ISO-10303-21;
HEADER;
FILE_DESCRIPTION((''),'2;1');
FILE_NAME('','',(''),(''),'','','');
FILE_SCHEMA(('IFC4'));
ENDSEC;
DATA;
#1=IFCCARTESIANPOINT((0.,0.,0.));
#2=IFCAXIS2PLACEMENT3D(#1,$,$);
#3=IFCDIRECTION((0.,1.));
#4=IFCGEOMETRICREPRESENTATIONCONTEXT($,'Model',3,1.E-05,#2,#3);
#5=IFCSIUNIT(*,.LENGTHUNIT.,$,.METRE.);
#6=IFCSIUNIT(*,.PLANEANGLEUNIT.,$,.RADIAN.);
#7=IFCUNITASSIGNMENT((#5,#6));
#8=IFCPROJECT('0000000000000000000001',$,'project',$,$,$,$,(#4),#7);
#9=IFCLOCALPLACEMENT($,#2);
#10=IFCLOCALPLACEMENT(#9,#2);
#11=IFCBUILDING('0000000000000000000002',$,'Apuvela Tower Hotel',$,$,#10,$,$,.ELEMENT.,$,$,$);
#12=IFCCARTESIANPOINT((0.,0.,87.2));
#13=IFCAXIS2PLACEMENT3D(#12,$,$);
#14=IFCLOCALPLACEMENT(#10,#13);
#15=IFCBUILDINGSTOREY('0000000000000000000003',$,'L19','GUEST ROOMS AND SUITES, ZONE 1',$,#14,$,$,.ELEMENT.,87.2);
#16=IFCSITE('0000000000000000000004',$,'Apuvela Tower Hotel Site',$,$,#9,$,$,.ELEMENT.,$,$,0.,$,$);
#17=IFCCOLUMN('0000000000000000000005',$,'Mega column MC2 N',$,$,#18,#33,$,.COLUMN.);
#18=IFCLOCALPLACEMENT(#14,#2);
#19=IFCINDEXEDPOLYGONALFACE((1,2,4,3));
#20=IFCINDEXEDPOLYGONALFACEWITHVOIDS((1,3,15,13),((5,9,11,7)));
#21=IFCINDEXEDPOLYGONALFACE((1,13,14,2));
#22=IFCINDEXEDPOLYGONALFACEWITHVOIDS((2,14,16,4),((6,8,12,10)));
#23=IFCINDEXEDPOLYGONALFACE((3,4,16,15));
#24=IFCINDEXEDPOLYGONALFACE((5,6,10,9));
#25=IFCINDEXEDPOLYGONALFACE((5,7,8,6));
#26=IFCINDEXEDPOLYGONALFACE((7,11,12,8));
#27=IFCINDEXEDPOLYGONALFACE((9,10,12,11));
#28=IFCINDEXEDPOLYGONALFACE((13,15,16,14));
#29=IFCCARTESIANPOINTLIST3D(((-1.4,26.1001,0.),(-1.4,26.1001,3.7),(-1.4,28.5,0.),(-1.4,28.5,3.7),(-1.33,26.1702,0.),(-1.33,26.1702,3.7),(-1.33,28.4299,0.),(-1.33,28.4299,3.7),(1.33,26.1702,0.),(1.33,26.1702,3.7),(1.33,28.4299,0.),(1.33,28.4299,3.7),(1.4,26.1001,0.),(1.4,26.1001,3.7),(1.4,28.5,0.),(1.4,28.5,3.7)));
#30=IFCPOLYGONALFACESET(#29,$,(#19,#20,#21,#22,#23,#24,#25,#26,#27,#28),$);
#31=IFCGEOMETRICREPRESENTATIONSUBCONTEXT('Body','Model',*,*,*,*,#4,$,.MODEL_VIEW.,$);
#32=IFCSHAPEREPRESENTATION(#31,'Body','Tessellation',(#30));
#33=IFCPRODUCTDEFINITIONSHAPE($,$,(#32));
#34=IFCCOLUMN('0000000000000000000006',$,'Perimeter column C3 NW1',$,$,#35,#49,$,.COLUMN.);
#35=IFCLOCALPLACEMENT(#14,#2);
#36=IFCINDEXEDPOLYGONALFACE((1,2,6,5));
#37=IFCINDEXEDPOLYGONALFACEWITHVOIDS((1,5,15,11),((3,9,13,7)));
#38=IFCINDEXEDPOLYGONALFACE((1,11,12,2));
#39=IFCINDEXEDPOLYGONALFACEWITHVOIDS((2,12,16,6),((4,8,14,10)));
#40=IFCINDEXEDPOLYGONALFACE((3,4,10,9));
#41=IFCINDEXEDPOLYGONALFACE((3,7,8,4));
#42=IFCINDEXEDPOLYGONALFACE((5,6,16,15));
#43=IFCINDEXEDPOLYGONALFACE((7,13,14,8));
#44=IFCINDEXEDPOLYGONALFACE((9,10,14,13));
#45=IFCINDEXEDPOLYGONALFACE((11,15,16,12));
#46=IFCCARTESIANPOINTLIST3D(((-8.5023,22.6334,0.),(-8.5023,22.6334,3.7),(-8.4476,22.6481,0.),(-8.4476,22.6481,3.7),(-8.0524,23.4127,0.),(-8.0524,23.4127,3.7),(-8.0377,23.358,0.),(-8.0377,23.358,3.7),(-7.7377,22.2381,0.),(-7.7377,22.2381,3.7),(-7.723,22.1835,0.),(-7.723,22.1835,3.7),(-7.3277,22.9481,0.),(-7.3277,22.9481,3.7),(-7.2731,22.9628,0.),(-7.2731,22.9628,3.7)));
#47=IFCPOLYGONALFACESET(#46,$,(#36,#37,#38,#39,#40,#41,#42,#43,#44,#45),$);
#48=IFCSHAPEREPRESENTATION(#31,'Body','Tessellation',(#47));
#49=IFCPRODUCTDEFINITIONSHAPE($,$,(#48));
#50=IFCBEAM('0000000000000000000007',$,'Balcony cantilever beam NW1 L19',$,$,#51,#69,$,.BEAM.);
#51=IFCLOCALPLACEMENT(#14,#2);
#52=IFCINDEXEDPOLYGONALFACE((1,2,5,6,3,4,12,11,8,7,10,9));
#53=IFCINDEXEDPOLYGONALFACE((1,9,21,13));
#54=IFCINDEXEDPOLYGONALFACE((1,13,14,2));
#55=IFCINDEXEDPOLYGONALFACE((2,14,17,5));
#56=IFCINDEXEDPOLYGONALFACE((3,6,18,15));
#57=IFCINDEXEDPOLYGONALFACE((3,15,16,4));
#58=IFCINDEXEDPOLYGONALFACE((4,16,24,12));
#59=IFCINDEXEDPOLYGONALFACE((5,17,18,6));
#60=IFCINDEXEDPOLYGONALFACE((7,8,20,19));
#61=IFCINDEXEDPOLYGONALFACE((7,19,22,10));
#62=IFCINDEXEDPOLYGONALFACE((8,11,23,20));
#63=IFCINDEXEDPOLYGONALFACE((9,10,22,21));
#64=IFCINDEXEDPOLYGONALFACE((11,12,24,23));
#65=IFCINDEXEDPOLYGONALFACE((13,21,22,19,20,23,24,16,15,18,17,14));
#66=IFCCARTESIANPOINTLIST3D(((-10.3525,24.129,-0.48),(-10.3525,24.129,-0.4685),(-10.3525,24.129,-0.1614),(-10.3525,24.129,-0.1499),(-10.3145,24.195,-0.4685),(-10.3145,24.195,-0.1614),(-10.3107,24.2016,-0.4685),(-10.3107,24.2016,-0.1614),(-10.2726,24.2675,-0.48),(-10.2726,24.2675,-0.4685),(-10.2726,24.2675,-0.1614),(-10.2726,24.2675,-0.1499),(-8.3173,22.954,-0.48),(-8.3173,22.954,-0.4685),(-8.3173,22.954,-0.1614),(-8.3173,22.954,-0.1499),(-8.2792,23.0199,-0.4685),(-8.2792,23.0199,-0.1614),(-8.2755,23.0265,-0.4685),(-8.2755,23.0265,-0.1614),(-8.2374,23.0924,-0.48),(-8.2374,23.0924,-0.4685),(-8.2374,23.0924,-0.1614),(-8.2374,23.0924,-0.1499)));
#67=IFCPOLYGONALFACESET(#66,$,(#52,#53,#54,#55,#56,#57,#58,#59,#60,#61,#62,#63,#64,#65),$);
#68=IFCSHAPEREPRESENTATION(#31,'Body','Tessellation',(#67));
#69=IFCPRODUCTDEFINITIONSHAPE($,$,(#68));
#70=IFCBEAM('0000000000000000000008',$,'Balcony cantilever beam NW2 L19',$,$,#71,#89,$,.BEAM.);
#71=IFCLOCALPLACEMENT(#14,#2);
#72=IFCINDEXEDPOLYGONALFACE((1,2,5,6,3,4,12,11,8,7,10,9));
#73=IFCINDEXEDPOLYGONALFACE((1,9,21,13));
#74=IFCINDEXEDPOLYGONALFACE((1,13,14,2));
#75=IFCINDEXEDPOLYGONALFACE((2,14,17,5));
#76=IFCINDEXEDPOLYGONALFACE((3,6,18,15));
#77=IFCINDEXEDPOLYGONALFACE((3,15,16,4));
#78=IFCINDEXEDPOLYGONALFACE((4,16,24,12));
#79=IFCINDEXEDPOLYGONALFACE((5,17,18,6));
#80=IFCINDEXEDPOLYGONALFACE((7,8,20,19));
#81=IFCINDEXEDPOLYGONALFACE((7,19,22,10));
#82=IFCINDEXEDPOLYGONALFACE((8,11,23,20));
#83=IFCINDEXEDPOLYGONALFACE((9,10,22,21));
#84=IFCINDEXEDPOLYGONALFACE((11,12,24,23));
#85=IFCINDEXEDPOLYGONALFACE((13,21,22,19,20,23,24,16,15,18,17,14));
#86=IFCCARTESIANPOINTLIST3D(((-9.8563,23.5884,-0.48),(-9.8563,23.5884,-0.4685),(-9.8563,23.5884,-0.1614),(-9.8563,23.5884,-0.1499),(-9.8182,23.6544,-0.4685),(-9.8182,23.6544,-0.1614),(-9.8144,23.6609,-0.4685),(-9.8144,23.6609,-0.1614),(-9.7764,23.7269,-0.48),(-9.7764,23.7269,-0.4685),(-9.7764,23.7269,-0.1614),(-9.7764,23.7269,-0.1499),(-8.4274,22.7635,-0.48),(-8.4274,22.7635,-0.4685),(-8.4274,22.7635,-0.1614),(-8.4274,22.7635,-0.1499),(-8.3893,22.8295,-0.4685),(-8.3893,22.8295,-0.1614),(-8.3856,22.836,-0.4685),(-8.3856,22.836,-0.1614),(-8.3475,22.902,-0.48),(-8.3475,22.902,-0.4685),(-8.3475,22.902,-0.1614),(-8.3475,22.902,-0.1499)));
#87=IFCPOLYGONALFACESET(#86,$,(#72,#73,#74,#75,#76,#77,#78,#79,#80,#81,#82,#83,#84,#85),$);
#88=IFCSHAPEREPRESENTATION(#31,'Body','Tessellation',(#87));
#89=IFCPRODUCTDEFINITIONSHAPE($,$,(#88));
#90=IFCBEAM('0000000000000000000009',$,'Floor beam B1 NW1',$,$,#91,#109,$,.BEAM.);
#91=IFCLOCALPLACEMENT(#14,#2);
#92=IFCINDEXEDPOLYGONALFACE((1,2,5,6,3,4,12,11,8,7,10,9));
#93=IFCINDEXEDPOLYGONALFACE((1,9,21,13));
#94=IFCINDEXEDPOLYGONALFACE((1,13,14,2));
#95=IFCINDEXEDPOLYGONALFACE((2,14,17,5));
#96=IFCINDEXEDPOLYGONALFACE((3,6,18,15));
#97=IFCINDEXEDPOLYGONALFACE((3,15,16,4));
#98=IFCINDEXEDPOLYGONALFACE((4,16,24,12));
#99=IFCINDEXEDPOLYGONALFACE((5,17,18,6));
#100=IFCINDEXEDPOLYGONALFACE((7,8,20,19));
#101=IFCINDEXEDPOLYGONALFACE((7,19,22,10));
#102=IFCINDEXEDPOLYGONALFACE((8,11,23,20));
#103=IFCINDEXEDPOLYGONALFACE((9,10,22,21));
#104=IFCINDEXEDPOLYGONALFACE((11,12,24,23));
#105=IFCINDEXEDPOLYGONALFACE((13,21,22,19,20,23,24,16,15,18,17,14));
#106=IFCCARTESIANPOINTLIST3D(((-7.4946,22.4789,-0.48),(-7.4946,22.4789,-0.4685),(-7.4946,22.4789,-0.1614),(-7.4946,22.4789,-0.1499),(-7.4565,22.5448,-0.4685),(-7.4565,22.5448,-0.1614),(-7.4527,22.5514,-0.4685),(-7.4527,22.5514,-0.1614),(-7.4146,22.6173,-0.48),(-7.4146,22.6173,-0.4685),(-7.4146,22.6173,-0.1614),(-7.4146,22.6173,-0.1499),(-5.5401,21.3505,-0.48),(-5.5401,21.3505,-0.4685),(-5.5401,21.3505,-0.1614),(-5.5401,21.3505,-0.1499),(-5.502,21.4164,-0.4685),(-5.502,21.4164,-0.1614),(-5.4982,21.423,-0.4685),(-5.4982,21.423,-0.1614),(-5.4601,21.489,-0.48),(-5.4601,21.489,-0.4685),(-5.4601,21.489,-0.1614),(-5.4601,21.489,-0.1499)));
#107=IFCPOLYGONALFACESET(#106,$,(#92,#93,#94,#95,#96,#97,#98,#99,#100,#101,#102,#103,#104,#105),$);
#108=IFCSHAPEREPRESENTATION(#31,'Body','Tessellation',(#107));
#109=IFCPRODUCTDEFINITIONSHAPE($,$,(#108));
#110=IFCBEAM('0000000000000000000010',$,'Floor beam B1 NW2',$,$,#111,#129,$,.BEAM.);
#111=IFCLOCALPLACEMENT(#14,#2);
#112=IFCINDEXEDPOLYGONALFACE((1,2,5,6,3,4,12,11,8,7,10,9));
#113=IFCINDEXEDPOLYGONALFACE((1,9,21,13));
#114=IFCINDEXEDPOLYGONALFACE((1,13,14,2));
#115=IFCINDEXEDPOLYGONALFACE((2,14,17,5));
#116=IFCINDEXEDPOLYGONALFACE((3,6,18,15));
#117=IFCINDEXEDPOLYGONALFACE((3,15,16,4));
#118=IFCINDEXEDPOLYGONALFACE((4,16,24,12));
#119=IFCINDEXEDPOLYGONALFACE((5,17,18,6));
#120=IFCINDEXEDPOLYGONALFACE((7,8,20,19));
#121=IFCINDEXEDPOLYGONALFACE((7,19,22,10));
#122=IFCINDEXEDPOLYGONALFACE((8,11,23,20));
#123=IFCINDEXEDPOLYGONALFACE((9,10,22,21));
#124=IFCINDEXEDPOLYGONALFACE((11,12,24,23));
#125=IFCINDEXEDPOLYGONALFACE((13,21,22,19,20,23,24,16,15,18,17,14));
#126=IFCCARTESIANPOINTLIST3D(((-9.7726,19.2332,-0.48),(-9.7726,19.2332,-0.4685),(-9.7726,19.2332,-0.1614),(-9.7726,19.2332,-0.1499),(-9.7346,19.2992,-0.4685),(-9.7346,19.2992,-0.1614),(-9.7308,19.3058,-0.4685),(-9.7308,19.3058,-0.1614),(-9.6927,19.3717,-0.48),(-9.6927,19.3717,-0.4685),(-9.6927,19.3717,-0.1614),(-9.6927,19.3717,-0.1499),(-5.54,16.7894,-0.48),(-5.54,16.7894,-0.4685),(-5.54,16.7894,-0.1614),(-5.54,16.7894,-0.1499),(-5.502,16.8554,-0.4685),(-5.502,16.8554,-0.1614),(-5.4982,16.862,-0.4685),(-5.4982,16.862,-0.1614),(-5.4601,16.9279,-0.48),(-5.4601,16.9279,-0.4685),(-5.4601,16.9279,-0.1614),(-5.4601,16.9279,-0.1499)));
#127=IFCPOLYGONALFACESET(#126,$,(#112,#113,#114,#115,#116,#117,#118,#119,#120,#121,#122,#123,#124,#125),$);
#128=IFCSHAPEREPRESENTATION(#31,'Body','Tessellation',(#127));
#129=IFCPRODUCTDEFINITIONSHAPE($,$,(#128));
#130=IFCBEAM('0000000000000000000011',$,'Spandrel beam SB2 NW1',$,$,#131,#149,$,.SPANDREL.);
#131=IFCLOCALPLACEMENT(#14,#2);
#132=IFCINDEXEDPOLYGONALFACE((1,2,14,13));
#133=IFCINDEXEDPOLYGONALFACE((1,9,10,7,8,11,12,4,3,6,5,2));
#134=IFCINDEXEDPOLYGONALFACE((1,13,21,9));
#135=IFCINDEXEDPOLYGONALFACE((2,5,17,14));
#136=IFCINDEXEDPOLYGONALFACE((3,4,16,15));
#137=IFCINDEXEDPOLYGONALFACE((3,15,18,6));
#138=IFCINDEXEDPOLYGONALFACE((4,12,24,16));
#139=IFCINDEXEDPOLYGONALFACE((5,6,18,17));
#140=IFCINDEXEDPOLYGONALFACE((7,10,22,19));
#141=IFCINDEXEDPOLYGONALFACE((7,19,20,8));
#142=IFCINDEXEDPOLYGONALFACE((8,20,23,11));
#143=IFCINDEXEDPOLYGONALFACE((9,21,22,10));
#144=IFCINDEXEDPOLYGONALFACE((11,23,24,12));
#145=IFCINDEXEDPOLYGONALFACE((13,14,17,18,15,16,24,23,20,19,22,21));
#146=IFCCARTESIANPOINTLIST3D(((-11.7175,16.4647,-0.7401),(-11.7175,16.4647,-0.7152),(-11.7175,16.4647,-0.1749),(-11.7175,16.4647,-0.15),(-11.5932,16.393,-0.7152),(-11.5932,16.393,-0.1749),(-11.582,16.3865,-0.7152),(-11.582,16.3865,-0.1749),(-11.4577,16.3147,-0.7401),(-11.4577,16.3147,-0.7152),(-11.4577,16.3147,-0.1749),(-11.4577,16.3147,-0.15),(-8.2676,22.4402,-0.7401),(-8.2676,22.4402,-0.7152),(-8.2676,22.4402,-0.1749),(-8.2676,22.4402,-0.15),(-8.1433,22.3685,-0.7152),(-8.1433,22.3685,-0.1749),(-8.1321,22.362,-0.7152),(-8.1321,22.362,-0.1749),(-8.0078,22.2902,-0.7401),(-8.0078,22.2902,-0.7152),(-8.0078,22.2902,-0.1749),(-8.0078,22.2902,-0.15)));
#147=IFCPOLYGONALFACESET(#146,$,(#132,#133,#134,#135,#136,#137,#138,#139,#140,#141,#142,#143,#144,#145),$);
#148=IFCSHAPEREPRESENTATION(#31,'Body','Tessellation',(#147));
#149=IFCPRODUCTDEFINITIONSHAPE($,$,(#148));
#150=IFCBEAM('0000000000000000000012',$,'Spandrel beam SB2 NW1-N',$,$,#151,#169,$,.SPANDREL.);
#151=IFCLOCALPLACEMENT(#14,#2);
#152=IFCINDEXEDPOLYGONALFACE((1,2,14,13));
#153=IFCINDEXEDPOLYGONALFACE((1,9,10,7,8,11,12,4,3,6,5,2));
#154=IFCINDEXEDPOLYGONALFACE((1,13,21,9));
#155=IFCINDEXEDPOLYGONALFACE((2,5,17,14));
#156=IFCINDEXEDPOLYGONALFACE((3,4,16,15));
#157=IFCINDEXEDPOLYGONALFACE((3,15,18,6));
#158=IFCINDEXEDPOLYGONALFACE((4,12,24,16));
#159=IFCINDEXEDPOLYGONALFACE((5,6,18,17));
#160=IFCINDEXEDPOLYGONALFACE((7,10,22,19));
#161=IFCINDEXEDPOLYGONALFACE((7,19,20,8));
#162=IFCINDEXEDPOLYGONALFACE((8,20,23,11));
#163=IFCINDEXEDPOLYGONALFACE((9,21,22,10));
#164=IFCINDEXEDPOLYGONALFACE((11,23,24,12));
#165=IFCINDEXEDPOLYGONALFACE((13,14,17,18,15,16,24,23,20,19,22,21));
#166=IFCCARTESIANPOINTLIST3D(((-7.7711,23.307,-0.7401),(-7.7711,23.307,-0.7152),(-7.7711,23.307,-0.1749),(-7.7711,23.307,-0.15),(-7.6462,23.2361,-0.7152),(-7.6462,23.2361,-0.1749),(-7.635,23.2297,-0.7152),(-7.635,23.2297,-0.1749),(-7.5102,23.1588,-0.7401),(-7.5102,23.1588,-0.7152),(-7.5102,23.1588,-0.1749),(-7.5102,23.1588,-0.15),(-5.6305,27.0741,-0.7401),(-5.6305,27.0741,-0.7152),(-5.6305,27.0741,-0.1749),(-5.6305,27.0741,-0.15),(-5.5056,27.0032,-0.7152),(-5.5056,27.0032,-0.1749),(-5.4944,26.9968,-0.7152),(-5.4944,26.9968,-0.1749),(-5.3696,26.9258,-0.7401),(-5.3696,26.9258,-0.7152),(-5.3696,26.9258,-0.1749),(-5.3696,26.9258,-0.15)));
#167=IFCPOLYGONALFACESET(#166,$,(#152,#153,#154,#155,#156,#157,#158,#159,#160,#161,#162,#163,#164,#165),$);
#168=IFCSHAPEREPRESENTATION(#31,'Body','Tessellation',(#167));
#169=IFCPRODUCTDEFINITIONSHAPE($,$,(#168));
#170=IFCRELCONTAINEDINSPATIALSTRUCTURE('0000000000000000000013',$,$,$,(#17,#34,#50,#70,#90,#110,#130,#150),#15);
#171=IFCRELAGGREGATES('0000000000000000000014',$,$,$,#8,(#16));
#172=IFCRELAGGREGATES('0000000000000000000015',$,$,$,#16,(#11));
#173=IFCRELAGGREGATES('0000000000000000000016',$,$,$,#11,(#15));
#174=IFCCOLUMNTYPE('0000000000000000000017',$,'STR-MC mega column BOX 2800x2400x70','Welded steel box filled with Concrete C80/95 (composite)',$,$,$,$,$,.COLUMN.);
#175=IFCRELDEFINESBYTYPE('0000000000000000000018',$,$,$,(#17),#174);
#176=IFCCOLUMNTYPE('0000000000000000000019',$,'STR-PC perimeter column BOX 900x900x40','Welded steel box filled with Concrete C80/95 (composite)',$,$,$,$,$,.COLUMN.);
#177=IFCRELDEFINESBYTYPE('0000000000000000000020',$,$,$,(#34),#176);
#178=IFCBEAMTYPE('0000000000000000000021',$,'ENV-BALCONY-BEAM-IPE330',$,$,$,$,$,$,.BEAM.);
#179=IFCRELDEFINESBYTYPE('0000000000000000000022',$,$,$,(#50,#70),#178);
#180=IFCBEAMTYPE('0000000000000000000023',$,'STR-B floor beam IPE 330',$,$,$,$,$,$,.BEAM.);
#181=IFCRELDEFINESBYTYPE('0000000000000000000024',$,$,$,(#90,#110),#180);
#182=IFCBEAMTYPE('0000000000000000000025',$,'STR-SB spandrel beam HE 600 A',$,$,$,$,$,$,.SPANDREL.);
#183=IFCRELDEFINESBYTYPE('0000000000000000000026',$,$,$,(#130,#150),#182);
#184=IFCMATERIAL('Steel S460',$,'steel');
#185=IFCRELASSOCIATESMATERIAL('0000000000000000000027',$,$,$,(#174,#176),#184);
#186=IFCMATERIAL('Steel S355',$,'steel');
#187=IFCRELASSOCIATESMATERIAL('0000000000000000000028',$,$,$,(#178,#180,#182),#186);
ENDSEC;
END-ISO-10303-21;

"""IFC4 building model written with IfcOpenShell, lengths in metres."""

from ifc_helpers import new_model, si_unit, direction, frame, origin, origin_2d, place, context, subcontext, project, spatial, rectangle, hollow_rectangle, i_section, extrude, material, material_profile, profile_set, type_object, element, save


model = new_model("IFC4")

# Units and contexts
model_context = context("Model", 3, precision=1e-05, world=origin(), true_north=direction((0.0, 1.0)))
body_context = subcontext(model_context, "Body", "Model", "MODEL_VIEW")
ifc_project = project(units=[si_unit("LENGTHUNIT", "METRE"), si_unit("PLANEANGLEUNIT", "RADIAN")], contexts=[model_context])

# Site, building, storey
site_placement = place(None, origin())
site = spatial("IfcSite", under=ifc_project, at=site_placement, Name="Apuvela Tower Hotel Site", CompositionType="ELEMENT", RefElevation=0.0)
building_placement = place(site_placement, origin())
building = spatial("IfcBuilding", under=site, at=building_placement, Name="Apuvela Tower Hotel", CompositionType="ELEMENT")
storey_placement = place(building_placement, frame((0.0, 0.0, 87.2)))
storey = spatial("IfcBuildingStorey", under=building, at=storey_placement, Name="L19", Description="GUEST ROOMS AND SUITES, ZONE 1", CompositionType="ELEMENT", Elevation=87.2)

# Columns
ifc_material_1 = material(Name="Steel S460", Category="steel")
ifc_material_profile_1 = material_profile(ifc_material_1, hollow_rectangle(XDim=2.8, YDim=2.3999, WallThickness=0.0701, at=origin_2d()), Name="BOX 2800x2400x70")
ifc_material_2 = material(Name="Concrete C80/95", Category="concrete")
ifc_material_profile_2 = material_profile(ifc_material_2, rectangle(XDim=2.6599, YDim=2.26, at=origin_2d()), Name="Concrete C80/95 infill")
ifc_profile_set_1 = profile_set([ifc_material_profile_1, ifc_material_profile_2], Name="Steel S460")
column_type_1 = type_object("IfcColumnType", Name="STR-MC mega column BOX 2800x2400x70", Description="Welded steel box filled with Concrete C80/95 (composite)", PredefinedType="COLUMN", material=ifc_profile_set_1)
column_1_placement = place(storey_placement, frame((0.0, 27.3, 0.0), z_axis=(0.0, 0.0, 1.0), x_axis=(1.0, 0.0, 0.0)))
element("IfcColumn", 1, at=column_1_placement, inside=storey, type_object=column_type_1, Name="Mega column MC2 N", PredefinedType="COLUMN", context=body_context, shape_type="SweptSolid", body=[
    extrude(hollow_rectangle(XDim=2.8, YDim=2.3999, WallThickness=0.0701, at=origin_2d()), origin(), (0.0, 0.0, 1.0), 3.7),
])
ifc_material_profile_3 = material_profile(ifc_material_1, hollow_rectangle(XDim=0.8999, YDim=0.8999, WallThickness=0.04, at=origin_2d()), Name="BOX 900x900x40")
ifc_material_profile_4 = material_profile(ifc_material_2, rectangle(XDim=0.8201, YDim=0.8201, at=origin_2d()), Name="Concrete C80/95 infill")
ifc_profile_set_2 = profile_set([ifc_material_profile_3, ifc_material_profile_4], Name="Steel S460")
column_type_2 = type_object("IfcColumnType", Name="STR-PC perimeter column BOX 900x900x40", Description="Welded steel box filled with Concrete C80/95 (composite)", PredefinedType="COLUMN", material=ifc_profile_set_2)
column_2_placement = place(storey_placement, frame((-7.8877, 22.7981, 0.0), z_axis=(0.0, 0.0, 1.0), x_axis=(0.5, 0.866025, 0.0)))
element("IfcColumn", 2, at=column_2_placement, inside=storey, type_object=column_type_2, Name="Perimeter column C3 NW1", PredefinedType="COLUMN", context=body_context, shape_type="SweptSolid", body=[
    extrude(hollow_rectangle(XDim=0.8999, YDim=0.8999, WallThickness=0.04, at=origin_2d()), origin(), (0.0, 0.0, 1.0), 3.7),
])

# Beams
ifc_material_3 = material(Name="Steel S355", Category="steel")
ifc_material_profile_5 = material_profile(ifc_material_3, i_section(OverallWidth=0.1599, OverallDepth=0.3301, WebThickness=0.0076, FlangeThickness=0.0115, at=origin_2d()), Name="IPE 330")
ifc_profile_set_3 = profile_set([ifc_material_profile_5], Name="Steel S355")
beam_type_1 = type_object("IfcBeamType", Name="ENV-BALCONY-BEAM-IPE330", PredefinedType="BEAM", material=ifc_profile_set_3)
beam_1_placement = place(storey_placement, frame((-8.2773, 23.0232, -0.3149), z_axis=(-0.866016, 0.500016, 0.0), x_axis=(-0.500016, -0.866016, 0.0)))
element("IfcBeam", 3, at=beam_1_placement, inside=storey, type_object=beam_type_1, Name="Balcony cantilever beam NW1 L19", PredefinedType="BEAM", context=body_context, shape_type="SweptSolid", body=[
    extrude(i_section(OverallWidth=0.1599, OverallDepth=0.3301, WebThickness=0.0076, FlangeThickness=0.0115, at=origin_2d()), origin(), (0.0, 0.0, 1.0), 2.3501),
])
beam_2_placement = place(storey_placement, frame((-8.3875, 22.8328, -0.3149), z_axis=(-0.86604, 0.499974, 0.0), x_axis=(-0.499974, -0.86604, 0.0)))
element("IfcBeam", 4, at=beam_2_placement, inside=storey, type_object=beam_type_1, Name="Balcony cantilever beam NW2 L19", PredefinedType="BEAM", context=body_context, shape_type="SweptSolid", body=[
    extrude(i_section(OverallWidth=0.1599, OverallDepth=0.3301, WebThickness=0.0076, FlangeThickness=0.0115, at=origin_2d()), origin(), (0.0, 0.0, 1.0), 1.6499),
])
ifc_material_profile_6 = material_profile(ifc_material_3, i_section(OverallWidth=0.1599, OverallDepth=0.3301, WebThickness=0.0076, FlangeThickness=0.0115, at=origin_2d()), Name="IPE 330")
ifc_profile_set_4 = profile_set([ifc_material_profile_6], Name="Steel S355")
beam_type_2 = type_object("IfcBeamType", Name="STR-B floor beam IPE 330", PredefinedType="BEAM", material=ifc_profile_set_4)
beam_3_placement = place(storey_placement, frame((-7.4546, 22.5481, -0.3149), z_axis=(0.866038, -0.499978, 0.0), x_axis=(0.499978, 0.866038, 0.0)))
element("IfcBeam", 5, at=beam_3_placement, inside=storey, type_object=beam_type_2, Name="Floor beam B1 NW1", PredefinedType="BEAM", context=body_context, shape_type="SweptSolid", body=[
    extrude(i_section(OverallWidth=0.1599, OverallDepth=0.3301, WebThickness=0.0076, FlangeThickness=0.0115, at=origin_2d()), origin(), (0.0, 0.0, 1.0), 2.2568),
])
beam_4_placement = place(storey_placement, frame((-9.7327, 19.3025, -0.3149), z_axis=(0.866015, -0.500018, 0.0), x_axis=(0.500018, 0.866015, 0.0)))
element("IfcBeam", 6, at=beam_4_placement, inside=storey, type_object=beam_type_2, Name="Floor beam B1 NW2", PredefinedType="BEAM", context=body_context, shape_type="SweptSolid", body=[
    extrude(i_section(OverallWidth=0.1599, OverallDepth=0.3301, WebThickness=0.0076, FlangeThickness=0.0115, at=origin_2d()), origin(), (0.0, 0.0, 1.0), 4.8875),
])
ifc_material_profile_7 = material_profile(ifc_material_3, i_section(OverallWidth=0.3, OverallDepth=0.5901, WebThickness=0.0129, FlangeThickness=0.0249, at=origin_2d()), Name="HE 600 A")
ifc_profile_set_5 = profile_set([ifc_material_profile_7], Name="Steel S355")
beam_type_3 = type_object("IfcBeamType", Name="STR-SB spandrel beam HE 600 A", PredefinedType="SPANDREL", material=ifc_profile_set_5)
beam_5_placement = place(storey_placement, frame((-8.1377, 22.3652, -0.4451), z_axis=(-0.499994, -0.866029, 0.0), x_axis=(0.866029, -0.499994, 0.0)))
element("IfcBeam", 7, at=beam_5_placement, inside=storey, type_object=beam_type_3, Name="Spandrel beam SB2 NW1", PredefinedType="SPANDREL", context=body_context, shape_type="SweptSolid", body=[
    extrude(i_section(OverallWidth=0.3, OverallDepth=0.5901, WebThickness=0.0129, FlangeThickness=0.0249, at=origin_2d()), origin(), (0.0, 0.0, 1.0), 6.8999),
])
beam_6_placement = place(storey_placement, frame((-7.6406, 23.2329, -0.4451), z_axis=(0.49405, 0.869433, 0.0), x_axis=(-0.869433, 0.49405, 0.0)))
element("IfcBeam", 8, at=beam_6_placement, inside=storey, type_object=beam_type_3, Name="Spandrel beam SB2 NW1-N", PredefinedType="SPANDREL", context=body_context, shape_type="SweptSolid", body=[
    extrude(i_section(OverallWidth=0.3, OverallDepth=0.5901, WebThickness=0.0129, FlangeThickness=0.0249, at=origin_2d()), origin(), (0.0, 0.0, 1.0), 4.3328),
])

save(model, "model.ifc")
